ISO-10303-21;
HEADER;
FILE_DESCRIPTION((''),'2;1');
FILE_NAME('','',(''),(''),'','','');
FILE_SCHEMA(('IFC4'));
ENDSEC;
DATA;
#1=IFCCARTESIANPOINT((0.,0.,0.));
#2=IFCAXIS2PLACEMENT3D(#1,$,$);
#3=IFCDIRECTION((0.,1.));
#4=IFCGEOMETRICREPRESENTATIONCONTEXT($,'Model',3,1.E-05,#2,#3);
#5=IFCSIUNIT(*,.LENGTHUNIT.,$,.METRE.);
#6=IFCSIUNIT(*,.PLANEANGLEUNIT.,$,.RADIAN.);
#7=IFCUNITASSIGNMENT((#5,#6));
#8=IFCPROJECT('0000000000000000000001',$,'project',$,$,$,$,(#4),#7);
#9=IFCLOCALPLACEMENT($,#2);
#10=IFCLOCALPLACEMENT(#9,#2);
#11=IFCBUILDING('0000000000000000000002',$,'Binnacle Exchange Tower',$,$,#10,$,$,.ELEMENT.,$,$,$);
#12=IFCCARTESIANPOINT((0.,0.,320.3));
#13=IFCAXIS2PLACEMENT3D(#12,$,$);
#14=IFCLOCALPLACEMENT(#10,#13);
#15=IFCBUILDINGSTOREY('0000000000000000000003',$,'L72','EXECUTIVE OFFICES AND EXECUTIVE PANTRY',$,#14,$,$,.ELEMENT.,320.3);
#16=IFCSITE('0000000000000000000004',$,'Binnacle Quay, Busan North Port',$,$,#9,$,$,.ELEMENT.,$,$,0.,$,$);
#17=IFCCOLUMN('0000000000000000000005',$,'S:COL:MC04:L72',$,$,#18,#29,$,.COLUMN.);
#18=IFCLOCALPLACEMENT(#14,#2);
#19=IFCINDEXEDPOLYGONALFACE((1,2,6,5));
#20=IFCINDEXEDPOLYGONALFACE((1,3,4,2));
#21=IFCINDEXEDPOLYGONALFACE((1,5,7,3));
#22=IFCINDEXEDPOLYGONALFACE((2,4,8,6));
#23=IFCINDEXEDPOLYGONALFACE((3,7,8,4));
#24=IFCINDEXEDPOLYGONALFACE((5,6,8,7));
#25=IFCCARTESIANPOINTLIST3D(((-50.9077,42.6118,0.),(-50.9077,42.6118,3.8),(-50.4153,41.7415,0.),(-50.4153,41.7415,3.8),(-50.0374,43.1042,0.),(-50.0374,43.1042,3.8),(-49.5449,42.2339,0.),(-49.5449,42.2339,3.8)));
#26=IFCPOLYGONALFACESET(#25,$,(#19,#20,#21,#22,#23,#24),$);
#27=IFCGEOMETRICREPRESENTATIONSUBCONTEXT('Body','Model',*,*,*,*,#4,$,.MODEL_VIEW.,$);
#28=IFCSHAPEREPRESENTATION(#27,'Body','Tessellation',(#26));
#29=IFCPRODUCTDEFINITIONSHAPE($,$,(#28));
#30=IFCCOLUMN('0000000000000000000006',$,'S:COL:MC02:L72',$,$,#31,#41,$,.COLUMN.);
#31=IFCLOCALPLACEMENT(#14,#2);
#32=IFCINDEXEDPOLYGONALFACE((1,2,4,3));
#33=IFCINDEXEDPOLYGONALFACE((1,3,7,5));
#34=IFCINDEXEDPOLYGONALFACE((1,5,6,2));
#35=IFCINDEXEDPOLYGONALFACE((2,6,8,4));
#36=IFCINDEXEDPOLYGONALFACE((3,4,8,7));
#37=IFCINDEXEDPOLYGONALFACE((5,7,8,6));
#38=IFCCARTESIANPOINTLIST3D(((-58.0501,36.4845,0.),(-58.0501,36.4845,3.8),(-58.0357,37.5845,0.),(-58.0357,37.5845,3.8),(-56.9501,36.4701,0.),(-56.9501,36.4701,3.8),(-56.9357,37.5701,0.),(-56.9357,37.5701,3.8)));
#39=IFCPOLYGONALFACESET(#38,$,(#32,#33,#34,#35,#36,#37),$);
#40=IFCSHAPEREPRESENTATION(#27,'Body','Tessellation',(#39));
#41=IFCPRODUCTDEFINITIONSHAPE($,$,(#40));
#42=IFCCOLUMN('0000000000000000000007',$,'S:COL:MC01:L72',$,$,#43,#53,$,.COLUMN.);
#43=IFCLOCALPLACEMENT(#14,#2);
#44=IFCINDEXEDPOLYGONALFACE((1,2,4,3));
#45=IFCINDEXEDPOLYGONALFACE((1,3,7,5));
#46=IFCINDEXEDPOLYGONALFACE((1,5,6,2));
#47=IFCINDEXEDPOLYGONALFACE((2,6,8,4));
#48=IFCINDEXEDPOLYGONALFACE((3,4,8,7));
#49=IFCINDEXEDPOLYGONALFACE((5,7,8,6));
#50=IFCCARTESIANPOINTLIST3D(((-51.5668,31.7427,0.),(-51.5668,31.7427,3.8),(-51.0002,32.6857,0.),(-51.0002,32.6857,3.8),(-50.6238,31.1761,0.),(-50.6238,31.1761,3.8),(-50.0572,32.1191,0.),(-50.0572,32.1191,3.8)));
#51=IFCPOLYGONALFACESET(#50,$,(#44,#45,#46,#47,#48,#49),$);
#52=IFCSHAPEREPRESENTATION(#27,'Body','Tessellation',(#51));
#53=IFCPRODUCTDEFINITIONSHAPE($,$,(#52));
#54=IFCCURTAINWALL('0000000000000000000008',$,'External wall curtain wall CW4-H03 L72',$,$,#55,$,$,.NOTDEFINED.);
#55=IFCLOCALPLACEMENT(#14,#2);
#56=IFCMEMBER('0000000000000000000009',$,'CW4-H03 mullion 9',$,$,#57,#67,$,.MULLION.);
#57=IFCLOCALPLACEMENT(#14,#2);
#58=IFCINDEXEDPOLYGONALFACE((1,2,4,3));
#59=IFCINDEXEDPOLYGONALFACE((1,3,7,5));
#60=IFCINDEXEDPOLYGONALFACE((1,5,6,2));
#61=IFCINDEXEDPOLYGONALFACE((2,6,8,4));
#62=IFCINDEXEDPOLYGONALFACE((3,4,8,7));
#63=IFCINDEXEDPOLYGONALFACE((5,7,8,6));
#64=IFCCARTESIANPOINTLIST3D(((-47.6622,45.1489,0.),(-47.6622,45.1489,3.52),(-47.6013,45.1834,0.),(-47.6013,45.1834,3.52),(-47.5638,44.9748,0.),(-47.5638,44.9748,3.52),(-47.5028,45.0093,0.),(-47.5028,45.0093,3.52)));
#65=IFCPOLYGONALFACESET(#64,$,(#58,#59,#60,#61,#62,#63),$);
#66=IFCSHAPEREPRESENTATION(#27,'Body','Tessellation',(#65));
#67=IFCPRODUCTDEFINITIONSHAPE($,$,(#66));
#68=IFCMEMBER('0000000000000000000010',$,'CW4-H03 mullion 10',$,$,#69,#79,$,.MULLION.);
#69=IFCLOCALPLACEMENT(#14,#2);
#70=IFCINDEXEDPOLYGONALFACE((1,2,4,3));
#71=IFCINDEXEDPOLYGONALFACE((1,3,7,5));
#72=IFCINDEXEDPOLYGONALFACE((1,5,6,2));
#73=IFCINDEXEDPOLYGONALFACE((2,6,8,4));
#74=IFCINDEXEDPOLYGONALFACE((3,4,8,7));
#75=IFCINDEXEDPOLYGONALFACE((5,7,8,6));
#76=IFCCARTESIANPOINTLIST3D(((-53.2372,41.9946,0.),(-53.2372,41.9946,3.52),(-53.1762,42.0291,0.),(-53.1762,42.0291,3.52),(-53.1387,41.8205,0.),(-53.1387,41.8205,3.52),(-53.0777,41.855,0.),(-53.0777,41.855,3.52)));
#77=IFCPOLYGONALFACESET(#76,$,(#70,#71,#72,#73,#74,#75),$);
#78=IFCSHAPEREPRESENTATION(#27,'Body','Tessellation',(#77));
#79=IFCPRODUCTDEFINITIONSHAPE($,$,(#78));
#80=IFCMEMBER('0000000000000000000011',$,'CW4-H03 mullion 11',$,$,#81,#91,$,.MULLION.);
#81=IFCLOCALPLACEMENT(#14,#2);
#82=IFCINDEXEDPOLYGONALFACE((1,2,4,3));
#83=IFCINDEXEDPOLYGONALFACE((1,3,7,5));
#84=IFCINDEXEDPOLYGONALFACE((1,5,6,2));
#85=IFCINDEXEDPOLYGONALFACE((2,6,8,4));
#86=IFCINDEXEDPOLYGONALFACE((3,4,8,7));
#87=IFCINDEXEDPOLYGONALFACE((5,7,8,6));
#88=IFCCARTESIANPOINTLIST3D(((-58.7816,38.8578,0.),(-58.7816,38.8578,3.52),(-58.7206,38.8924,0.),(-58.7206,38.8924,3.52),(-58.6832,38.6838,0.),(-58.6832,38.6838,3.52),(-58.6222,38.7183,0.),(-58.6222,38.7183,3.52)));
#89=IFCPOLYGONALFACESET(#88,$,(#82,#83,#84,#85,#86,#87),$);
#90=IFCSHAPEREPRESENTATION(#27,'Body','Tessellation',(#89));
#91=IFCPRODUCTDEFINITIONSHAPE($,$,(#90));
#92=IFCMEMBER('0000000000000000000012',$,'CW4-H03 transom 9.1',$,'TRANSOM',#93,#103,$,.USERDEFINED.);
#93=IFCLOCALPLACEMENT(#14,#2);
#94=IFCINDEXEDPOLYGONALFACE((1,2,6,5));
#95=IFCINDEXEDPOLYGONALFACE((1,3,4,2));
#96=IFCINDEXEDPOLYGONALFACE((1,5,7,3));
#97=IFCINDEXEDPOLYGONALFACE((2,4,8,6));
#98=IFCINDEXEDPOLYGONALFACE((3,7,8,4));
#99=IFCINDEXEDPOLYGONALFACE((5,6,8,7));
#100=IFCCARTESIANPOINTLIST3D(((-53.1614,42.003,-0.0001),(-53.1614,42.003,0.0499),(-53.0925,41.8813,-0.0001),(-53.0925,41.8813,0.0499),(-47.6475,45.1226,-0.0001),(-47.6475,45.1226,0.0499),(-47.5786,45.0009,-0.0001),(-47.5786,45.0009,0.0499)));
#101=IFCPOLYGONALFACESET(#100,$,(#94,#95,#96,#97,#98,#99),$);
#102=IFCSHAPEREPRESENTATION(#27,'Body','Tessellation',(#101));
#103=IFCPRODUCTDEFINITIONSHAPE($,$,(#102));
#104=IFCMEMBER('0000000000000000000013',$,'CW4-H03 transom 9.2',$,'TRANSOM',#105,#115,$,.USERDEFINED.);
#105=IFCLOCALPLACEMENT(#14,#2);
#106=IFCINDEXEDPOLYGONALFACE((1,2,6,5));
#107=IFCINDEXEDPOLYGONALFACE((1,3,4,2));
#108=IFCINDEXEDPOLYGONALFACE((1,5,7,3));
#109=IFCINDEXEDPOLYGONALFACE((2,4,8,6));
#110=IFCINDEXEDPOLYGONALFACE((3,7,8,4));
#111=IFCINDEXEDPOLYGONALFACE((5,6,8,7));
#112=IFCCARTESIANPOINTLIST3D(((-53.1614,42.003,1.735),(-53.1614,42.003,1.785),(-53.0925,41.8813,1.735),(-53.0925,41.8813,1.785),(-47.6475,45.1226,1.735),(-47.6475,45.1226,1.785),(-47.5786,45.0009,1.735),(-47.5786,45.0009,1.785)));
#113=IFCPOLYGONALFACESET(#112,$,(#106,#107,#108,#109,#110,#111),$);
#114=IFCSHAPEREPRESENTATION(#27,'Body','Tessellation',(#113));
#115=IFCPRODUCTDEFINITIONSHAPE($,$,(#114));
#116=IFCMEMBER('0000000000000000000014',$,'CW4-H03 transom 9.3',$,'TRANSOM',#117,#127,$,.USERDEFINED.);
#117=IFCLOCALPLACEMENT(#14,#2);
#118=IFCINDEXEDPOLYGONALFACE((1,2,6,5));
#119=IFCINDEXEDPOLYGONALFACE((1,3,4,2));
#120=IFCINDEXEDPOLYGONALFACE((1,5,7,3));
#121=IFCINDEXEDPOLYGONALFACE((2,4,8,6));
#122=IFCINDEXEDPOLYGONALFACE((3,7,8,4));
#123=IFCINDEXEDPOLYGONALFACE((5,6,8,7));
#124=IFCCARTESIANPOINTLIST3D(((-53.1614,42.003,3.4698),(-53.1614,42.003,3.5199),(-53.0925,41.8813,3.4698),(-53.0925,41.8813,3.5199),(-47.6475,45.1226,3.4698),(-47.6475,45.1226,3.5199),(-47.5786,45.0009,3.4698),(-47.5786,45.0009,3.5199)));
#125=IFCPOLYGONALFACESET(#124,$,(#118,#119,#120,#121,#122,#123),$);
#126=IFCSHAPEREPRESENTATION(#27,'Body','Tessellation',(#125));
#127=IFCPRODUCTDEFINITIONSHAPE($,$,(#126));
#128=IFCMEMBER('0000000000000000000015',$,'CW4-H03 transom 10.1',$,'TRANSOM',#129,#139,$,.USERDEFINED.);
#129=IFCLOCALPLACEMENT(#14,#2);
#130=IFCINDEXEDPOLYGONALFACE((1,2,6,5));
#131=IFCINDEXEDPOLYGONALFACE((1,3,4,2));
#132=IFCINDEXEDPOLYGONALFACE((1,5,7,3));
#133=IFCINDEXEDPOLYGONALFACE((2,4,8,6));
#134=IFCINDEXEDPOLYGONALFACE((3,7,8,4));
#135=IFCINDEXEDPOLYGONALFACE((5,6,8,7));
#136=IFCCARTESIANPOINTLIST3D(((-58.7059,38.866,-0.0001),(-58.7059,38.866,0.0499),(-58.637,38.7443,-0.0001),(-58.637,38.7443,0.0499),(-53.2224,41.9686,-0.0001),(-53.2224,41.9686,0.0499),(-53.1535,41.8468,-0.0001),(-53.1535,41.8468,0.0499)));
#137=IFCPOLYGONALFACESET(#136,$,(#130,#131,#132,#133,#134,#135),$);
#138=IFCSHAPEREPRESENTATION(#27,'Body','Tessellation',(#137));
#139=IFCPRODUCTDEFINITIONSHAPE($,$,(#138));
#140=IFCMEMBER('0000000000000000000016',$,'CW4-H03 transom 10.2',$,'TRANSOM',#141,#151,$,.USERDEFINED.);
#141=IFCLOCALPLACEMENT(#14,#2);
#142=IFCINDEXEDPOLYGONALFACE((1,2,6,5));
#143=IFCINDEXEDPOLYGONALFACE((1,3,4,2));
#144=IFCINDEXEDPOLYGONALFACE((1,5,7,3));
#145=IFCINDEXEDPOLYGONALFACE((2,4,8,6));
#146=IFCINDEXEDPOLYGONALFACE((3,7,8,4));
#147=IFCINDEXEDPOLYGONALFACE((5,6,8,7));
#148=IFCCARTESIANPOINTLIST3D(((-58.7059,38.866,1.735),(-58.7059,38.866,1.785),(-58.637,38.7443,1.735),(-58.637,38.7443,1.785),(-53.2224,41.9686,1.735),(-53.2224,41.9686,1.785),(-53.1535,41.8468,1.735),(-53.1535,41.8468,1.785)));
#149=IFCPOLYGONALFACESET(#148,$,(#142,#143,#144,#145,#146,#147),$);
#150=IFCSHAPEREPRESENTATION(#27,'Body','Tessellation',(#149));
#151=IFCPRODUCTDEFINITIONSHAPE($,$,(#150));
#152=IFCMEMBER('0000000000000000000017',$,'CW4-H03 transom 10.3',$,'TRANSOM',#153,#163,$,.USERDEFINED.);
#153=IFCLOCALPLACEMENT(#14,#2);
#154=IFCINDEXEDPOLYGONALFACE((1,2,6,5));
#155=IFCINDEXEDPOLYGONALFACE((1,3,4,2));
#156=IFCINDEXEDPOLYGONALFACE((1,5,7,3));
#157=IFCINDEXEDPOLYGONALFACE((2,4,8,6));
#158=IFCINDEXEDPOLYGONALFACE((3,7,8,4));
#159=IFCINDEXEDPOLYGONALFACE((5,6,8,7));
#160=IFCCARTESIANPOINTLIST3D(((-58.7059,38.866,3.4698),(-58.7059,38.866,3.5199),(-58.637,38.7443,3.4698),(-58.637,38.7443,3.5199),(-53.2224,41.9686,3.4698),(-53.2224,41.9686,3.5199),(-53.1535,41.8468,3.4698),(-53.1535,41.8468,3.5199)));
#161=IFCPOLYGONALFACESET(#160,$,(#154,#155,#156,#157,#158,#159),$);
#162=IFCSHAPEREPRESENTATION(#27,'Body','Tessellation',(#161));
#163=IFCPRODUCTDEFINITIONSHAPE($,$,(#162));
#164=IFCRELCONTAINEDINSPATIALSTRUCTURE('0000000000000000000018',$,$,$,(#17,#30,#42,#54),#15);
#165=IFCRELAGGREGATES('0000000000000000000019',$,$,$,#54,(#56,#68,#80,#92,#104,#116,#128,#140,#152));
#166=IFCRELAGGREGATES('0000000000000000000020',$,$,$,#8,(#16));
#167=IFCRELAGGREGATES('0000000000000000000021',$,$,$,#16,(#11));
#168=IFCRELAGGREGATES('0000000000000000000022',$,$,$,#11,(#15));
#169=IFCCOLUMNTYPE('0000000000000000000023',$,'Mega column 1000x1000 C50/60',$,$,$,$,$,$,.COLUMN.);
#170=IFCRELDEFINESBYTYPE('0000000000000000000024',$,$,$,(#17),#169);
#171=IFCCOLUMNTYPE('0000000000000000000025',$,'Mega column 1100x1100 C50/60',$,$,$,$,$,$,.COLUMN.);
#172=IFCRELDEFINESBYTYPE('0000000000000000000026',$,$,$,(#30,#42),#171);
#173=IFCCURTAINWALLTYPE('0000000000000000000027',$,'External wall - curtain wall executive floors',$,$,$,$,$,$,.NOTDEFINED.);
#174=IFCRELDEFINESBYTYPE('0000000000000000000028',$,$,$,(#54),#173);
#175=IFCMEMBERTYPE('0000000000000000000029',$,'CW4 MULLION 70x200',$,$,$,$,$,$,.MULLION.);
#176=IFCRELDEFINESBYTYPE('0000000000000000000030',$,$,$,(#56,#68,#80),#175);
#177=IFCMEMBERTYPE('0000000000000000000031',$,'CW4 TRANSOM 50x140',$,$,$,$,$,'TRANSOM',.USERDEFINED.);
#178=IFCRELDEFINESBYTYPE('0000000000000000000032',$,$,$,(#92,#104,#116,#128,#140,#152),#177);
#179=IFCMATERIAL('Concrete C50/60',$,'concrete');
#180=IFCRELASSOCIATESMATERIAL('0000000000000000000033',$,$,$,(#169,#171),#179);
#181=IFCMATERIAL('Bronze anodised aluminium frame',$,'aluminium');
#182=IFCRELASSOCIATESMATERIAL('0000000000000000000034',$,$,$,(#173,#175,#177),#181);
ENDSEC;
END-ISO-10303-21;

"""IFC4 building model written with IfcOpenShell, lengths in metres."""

from ifc_helpers import new_model, si_unit, direction, frame, origin, origin_2d, place, context, subcontext, project, spatial, rectangle, extrude, material, material_profile, profile_set, type_object, element, aggregate, save


model = new_model("IFC4")

# Units and contexts
model_context = context("Model", 3, precision=1e-05, world=origin(), true_north=direction((0.0, 1.0)))
body_context = subcontext(model_context, "Body", "Model", "MODEL_VIEW")
ifc_project = project(units=[si_unit("LENGTHUNIT", "METRE"), si_unit("PLANEANGLEUNIT", "RADIAN")], contexts=[model_context])

# Site, building, storey
site_placement = place(None, origin())
site = spatial("IfcSite", under=ifc_project, at=site_placement, Name="Binnacle Quay, Busan North Port", CompositionType="ELEMENT", RefElevation=0.0)
building_placement = place(site_placement, origin())
building = spatial("IfcBuilding", under=site, at=building_placement, Name="Binnacle Exchange Tower", CompositionType="ELEMENT")
storey_placement = place(building_placement, frame((0.0, 0.0, 320.3)))
storey = spatial("IfcBuildingStorey", under=building, at=storey_placement, Name="L72", Description="EXECUTIVE OFFICES AND EXECUTIVE PANTRY", CompositionType="ELEMENT", Elevation=320.3)

# Columns
ifc_material_1 = material(Name="Concrete C50/60", Category="concrete")
ifc_material_profile_1 = material_profile(ifc_material_1, rectangle(XDim=1.0, YDim=1.0, at=origin_2d()), Name="Mega column 1000x1000 C50/60")
ifc_profile_set_1 = profile_set([ifc_material_profile_1], Name="Concrete C50/60")
column_type_1 = type_object("IfcColumnType", Name="Mega column 1000x1000 C50/60", PredefinedType="COLUMN", material=ifc_profile_set_1)
column_placement = place(storey_placement, frame((-50.2263, 42.4229, 0.0), z_axis=(0.0, 0.0, 1.0), x_axis=(-0.870356, -0.492424, 0.0)))
element("IfcColumn", 1, at=column_placement, inside=storey, type_object=column_type_1, Name="S:COL:MC04:L72", PredefinedType="COLUMN", context=body_context, shape_type="SweptSolid", body=[
    extrude(rectangle(XDim=1.0, YDim=1.0, at=origin_2d()), origin(), (0.0, 0.0, 1.0), 3.8),
])
ifc_material_profile_2 = material_profile(ifc_material_1, rectangle(XDim=1.1001, YDim=1.1001, at=origin_2d()), Name="Mega column 1100x1100 C50/60")
ifc_profile_set_2 = profile_set([ifc_material_profile_2], Name="Concrete C50/60")
column_type_2 = type_object("IfcColumnType", Name="Mega column 1100x1100 C50/60", PredefinedType="COLUMN", material=ifc_profile_set_2)
for number, where, z_axis, x_axis, name in (
    (2, (-57.4929, 37.0273, 0.0), (0.0, 0.0, 1.0), (-0.01309, -0.999914, 0.0), "S:COL:MC02:L72"),
    (3, (-50.812, 31.9309, 0.0), (0.0, 0.0, 1.0), (0.857167, -0.515038, 0.0), "S:COL:MC01:L72"),
):
    element("IfcColumn", number, at=place(storey_placement, frame(where, z_axis=z_axis, x_axis=x_axis)), inside=storey, type_object=column_type_2, Name=name, PredefinedType="COLUMN", context=body_context, shape_type="SweptSolid", body=[
        extrude(rectangle(XDim=1.1001, YDim=1.1001, at=origin_2d()), origin(), (0.0, 0.0, 1.0), 3.8),
    ])

# Curtain wall, members
ifc_material_2 = material(Name="Bronze anodised aluminium frame", Category="aluminium")
curtain_wall_type = type_object("IfcCurtainWallType", Name="External wall - curtain wall executive floors", PredefinedType="NOTDEFINED", material=ifc_material_2)
curtain_wall_placement = place(storey_placement, origin())
curtain_wall = element("IfcCurtainWall", 4, at=curtain_wall_placement, inside=storey, type_object=curtain_wall_type, Name="External wall curtain wall CW4-H03 L72", PredefinedType="NOTDEFINED")
ifc_material_profile_3 = material_profile(ifc_material_2, rectangle(XDim=0.2, YDim=0.0701, at=origin_2d()), Name="AL 70x200")
ifc_profile_set_3 = profile_set([ifc_material_profile_3], Name="Bronze anodised aluminium frame")
member_type_1 = type_object("IfcMemberType", Name="CW4 MULLION 70x200", PredefinedType="MULLION", material=ifc_profile_set_3)
member_1_placement = place(storey_placement, frame((-47.5825, 45.0791, 0.0), z_axis=(0.0, 0.0, 1.0), x_axis=(0.492424, -0.870356, 0.0)))
member_1 = element("IfcMember", 5, at=member_1_placement, type_object=member_type_1, Name="CW4-H03 mullion 9", PredefinedType="MULLION", context=body_context, shape_type="SweptSolid", body=[
    extrude(rectangle(XDim=0.2, YDim=0.0701, at=origin_2d()), origin(), (0.0, 0.0, 1.0), 3.52),
])
member_2_placement = place(storey_placement, frame((-53.1575, 41.9248, 0.0), z_axis=(0.0, 0.0, 1.0), x_axis=(0.492424, -0.870356, 0.0)))
member_2 = element("IfcMember", 6, at=member_2_placement, type_object=member_type_1, Name="CW4-H03 mullion 10", PredefinedType="MULLION", context=body_context, shape_type="SweptSolid", body=[
    extrude(rectangle(XDim=0.2, YDim=0.0701, at=origin_2d()), origin(), (0.0, 0.0, 1.0), 3.52),
])
member_3_placement = place(storey_placement, frame((-58.7019, 38.7881, 0.0), z_axis=(0.0, 0.0, 1.0), x_axis=(0.492424, -0.870356, 0.0)))
member_3 = element("IfcMember", 7, at=member_3_placement, type_object=member_type_1, Name="CW4-H03 mullion 11", PredefinedType="MULLION", context=body_context, shape_type="SweptSolid", body=[
    extrude(rectangle(XDim=0.2, YDim=0.0701, at=origin_2d()), origin(), (0.0, 0.0, 1.0), 3.52),
])
ifc_material_profile_4 = material_profile(ifc_material_2, rectangle(XDim=0.1399, YDim=0.05, at=origin_2d()), Name="AL 140x50")
ifc_profile_set_4 = profile_set([ifc_material_profile_4], Name="Bronze anodised aluminium frame")
member_type_2 = type_object("IfcMemberType", Name="CW4 TRANSOM 50x140", ElementType="TRANSOM", PredefinedType="USERDEFINED", material=ifc_profile_set_4)
member_4_placement = place(storey_placement, frame((-47.613, 45.0618, 0.0249), z_axis=(-0.870355, -0.492424, 0.0), x_axis=(0.492424, -0.870355, 0.0)))
member_4 = element("IfcMember", 8, at=member_4_placement, type_object=member_type_2, Name="CW4-H03 transom 9.1", ObjectType="TRANSOM", PredefinedType="USERDEFINED", context=body_context, shape_type="SweptSolid", body=[
    extrude(rectangle(XDim=0.1399, YDim=0.05, at=origin_2d()), origin(), (0.0, 0.0, 1.0), 6.3352),
])
member_5_placement = place(storey_placement, frame((-47.613, 45.0618, 1.76), z_axis=(-0.870355, -0.492424, 0.0), x_axis=(0.492424, -0.870355, 0.0)))
member_5 = element("IfcMember", 9, at=member_5_placement, type_object=member_type_2, Name="CW4-H03 transom 9.2", ObjectType="TRANSOM", PredefinedType="USERDEFINED", context=body_context, shape_type="SweptSolid", body=[
    extrude(rectangle(XDim=0.1399, YDim=0.05, at=origin_2d()), origin(), (0.0, 0.0, 1.0), 6.3352),
])
member_6_placement = place(storey_placement, frame((-47.613, 45.0618, 3.4949), z_axis=(-0.870355, -0.492424, 0.0), x_axis=(0.492424, -0.870355, 0.0)))
member_6 = element("IfcMember", 10, at=member_6_placement, type_object=member_type_2, Name="CW4-H03 transom 9.3", ObjectType="TRANSOM", PredefinedType="USERDEFINED", context=body_context, shape_type="SweptSolid", body=[
    extrude(rectangle(XDim=0.1399, YDim=0.05, at=origin_2d()), origin(), (0.0, 0.0, 1.0), 6.3352),
])
member_7_placement = place(storey_placement, frame((-53.188, 41.9077, 0.0249), z_axis=(-0.870343, -0.492445, 0.0), x_axis=(0.492445, -0.870343, 0.0)))
member_7 = element("IfcMember", 11, at=member_7_placement, type_object=member_type_2, Name="CW4-H03 transom 10.1", ObjectType="TRANSOM", PredefinedType="USERDEFINED", context=body_context, shape_type="SweptSolid", body=[
    extrude(rectangle(XDim=0.1399, YDim=0.05, at=origin_2d()), origin(), (0.0, 0.0, 1.0), 6.3003),
])
member_8_placement = place(storey_placement, frame((-53.188, 41.9077, 1.76), z_axis=(-0.870343, -0.492445, 0.0), x_axis=(0.492445, -0.870343, 0.0)))
member_8 = element("IfcMember", 12, at=member_8_placement, type_object=member_type_2, Name="CW4-H03 transom 10.2", ObjectType="TRANSOM", PredefinedType="USERDEFINED", context=body_context, shape_type="SweptSolid", body=[
    extrude(rectangle(XDim=0.1399, YDim=0.05, at=origin_2d()), origin(), (0.0, 0.0, 1.0), 6.3003),
])
member_9_placement = place(storey_placement, frame((-53.188, 41.9077, 3.4949), z_axis=(-0.870343, -0.492445, 0.0), x_axis=(0.492445, -0.870343, 0.0)))
member_9 = element("IfcMember", 13, at=member_9_placement, type_object=member_type_2, Name="CW4-H03 transom 10.3", ObjectType="TRANSOM", PredefinedType="USERDEFINED", context=body_context, shape_type="SweptSolid", body=[
    extrude(rectangle(XDim=0.1399, YDim=0.05, at=origin_2d()), origin(), (0.0, 0.0, 1.0), 6.3003),
])

aggregate(curtain_wall, [member_1, member_2, member_3, member_4, member_5, member_6, member_7, member_8, member_9])

save(model, "model.ifc")
